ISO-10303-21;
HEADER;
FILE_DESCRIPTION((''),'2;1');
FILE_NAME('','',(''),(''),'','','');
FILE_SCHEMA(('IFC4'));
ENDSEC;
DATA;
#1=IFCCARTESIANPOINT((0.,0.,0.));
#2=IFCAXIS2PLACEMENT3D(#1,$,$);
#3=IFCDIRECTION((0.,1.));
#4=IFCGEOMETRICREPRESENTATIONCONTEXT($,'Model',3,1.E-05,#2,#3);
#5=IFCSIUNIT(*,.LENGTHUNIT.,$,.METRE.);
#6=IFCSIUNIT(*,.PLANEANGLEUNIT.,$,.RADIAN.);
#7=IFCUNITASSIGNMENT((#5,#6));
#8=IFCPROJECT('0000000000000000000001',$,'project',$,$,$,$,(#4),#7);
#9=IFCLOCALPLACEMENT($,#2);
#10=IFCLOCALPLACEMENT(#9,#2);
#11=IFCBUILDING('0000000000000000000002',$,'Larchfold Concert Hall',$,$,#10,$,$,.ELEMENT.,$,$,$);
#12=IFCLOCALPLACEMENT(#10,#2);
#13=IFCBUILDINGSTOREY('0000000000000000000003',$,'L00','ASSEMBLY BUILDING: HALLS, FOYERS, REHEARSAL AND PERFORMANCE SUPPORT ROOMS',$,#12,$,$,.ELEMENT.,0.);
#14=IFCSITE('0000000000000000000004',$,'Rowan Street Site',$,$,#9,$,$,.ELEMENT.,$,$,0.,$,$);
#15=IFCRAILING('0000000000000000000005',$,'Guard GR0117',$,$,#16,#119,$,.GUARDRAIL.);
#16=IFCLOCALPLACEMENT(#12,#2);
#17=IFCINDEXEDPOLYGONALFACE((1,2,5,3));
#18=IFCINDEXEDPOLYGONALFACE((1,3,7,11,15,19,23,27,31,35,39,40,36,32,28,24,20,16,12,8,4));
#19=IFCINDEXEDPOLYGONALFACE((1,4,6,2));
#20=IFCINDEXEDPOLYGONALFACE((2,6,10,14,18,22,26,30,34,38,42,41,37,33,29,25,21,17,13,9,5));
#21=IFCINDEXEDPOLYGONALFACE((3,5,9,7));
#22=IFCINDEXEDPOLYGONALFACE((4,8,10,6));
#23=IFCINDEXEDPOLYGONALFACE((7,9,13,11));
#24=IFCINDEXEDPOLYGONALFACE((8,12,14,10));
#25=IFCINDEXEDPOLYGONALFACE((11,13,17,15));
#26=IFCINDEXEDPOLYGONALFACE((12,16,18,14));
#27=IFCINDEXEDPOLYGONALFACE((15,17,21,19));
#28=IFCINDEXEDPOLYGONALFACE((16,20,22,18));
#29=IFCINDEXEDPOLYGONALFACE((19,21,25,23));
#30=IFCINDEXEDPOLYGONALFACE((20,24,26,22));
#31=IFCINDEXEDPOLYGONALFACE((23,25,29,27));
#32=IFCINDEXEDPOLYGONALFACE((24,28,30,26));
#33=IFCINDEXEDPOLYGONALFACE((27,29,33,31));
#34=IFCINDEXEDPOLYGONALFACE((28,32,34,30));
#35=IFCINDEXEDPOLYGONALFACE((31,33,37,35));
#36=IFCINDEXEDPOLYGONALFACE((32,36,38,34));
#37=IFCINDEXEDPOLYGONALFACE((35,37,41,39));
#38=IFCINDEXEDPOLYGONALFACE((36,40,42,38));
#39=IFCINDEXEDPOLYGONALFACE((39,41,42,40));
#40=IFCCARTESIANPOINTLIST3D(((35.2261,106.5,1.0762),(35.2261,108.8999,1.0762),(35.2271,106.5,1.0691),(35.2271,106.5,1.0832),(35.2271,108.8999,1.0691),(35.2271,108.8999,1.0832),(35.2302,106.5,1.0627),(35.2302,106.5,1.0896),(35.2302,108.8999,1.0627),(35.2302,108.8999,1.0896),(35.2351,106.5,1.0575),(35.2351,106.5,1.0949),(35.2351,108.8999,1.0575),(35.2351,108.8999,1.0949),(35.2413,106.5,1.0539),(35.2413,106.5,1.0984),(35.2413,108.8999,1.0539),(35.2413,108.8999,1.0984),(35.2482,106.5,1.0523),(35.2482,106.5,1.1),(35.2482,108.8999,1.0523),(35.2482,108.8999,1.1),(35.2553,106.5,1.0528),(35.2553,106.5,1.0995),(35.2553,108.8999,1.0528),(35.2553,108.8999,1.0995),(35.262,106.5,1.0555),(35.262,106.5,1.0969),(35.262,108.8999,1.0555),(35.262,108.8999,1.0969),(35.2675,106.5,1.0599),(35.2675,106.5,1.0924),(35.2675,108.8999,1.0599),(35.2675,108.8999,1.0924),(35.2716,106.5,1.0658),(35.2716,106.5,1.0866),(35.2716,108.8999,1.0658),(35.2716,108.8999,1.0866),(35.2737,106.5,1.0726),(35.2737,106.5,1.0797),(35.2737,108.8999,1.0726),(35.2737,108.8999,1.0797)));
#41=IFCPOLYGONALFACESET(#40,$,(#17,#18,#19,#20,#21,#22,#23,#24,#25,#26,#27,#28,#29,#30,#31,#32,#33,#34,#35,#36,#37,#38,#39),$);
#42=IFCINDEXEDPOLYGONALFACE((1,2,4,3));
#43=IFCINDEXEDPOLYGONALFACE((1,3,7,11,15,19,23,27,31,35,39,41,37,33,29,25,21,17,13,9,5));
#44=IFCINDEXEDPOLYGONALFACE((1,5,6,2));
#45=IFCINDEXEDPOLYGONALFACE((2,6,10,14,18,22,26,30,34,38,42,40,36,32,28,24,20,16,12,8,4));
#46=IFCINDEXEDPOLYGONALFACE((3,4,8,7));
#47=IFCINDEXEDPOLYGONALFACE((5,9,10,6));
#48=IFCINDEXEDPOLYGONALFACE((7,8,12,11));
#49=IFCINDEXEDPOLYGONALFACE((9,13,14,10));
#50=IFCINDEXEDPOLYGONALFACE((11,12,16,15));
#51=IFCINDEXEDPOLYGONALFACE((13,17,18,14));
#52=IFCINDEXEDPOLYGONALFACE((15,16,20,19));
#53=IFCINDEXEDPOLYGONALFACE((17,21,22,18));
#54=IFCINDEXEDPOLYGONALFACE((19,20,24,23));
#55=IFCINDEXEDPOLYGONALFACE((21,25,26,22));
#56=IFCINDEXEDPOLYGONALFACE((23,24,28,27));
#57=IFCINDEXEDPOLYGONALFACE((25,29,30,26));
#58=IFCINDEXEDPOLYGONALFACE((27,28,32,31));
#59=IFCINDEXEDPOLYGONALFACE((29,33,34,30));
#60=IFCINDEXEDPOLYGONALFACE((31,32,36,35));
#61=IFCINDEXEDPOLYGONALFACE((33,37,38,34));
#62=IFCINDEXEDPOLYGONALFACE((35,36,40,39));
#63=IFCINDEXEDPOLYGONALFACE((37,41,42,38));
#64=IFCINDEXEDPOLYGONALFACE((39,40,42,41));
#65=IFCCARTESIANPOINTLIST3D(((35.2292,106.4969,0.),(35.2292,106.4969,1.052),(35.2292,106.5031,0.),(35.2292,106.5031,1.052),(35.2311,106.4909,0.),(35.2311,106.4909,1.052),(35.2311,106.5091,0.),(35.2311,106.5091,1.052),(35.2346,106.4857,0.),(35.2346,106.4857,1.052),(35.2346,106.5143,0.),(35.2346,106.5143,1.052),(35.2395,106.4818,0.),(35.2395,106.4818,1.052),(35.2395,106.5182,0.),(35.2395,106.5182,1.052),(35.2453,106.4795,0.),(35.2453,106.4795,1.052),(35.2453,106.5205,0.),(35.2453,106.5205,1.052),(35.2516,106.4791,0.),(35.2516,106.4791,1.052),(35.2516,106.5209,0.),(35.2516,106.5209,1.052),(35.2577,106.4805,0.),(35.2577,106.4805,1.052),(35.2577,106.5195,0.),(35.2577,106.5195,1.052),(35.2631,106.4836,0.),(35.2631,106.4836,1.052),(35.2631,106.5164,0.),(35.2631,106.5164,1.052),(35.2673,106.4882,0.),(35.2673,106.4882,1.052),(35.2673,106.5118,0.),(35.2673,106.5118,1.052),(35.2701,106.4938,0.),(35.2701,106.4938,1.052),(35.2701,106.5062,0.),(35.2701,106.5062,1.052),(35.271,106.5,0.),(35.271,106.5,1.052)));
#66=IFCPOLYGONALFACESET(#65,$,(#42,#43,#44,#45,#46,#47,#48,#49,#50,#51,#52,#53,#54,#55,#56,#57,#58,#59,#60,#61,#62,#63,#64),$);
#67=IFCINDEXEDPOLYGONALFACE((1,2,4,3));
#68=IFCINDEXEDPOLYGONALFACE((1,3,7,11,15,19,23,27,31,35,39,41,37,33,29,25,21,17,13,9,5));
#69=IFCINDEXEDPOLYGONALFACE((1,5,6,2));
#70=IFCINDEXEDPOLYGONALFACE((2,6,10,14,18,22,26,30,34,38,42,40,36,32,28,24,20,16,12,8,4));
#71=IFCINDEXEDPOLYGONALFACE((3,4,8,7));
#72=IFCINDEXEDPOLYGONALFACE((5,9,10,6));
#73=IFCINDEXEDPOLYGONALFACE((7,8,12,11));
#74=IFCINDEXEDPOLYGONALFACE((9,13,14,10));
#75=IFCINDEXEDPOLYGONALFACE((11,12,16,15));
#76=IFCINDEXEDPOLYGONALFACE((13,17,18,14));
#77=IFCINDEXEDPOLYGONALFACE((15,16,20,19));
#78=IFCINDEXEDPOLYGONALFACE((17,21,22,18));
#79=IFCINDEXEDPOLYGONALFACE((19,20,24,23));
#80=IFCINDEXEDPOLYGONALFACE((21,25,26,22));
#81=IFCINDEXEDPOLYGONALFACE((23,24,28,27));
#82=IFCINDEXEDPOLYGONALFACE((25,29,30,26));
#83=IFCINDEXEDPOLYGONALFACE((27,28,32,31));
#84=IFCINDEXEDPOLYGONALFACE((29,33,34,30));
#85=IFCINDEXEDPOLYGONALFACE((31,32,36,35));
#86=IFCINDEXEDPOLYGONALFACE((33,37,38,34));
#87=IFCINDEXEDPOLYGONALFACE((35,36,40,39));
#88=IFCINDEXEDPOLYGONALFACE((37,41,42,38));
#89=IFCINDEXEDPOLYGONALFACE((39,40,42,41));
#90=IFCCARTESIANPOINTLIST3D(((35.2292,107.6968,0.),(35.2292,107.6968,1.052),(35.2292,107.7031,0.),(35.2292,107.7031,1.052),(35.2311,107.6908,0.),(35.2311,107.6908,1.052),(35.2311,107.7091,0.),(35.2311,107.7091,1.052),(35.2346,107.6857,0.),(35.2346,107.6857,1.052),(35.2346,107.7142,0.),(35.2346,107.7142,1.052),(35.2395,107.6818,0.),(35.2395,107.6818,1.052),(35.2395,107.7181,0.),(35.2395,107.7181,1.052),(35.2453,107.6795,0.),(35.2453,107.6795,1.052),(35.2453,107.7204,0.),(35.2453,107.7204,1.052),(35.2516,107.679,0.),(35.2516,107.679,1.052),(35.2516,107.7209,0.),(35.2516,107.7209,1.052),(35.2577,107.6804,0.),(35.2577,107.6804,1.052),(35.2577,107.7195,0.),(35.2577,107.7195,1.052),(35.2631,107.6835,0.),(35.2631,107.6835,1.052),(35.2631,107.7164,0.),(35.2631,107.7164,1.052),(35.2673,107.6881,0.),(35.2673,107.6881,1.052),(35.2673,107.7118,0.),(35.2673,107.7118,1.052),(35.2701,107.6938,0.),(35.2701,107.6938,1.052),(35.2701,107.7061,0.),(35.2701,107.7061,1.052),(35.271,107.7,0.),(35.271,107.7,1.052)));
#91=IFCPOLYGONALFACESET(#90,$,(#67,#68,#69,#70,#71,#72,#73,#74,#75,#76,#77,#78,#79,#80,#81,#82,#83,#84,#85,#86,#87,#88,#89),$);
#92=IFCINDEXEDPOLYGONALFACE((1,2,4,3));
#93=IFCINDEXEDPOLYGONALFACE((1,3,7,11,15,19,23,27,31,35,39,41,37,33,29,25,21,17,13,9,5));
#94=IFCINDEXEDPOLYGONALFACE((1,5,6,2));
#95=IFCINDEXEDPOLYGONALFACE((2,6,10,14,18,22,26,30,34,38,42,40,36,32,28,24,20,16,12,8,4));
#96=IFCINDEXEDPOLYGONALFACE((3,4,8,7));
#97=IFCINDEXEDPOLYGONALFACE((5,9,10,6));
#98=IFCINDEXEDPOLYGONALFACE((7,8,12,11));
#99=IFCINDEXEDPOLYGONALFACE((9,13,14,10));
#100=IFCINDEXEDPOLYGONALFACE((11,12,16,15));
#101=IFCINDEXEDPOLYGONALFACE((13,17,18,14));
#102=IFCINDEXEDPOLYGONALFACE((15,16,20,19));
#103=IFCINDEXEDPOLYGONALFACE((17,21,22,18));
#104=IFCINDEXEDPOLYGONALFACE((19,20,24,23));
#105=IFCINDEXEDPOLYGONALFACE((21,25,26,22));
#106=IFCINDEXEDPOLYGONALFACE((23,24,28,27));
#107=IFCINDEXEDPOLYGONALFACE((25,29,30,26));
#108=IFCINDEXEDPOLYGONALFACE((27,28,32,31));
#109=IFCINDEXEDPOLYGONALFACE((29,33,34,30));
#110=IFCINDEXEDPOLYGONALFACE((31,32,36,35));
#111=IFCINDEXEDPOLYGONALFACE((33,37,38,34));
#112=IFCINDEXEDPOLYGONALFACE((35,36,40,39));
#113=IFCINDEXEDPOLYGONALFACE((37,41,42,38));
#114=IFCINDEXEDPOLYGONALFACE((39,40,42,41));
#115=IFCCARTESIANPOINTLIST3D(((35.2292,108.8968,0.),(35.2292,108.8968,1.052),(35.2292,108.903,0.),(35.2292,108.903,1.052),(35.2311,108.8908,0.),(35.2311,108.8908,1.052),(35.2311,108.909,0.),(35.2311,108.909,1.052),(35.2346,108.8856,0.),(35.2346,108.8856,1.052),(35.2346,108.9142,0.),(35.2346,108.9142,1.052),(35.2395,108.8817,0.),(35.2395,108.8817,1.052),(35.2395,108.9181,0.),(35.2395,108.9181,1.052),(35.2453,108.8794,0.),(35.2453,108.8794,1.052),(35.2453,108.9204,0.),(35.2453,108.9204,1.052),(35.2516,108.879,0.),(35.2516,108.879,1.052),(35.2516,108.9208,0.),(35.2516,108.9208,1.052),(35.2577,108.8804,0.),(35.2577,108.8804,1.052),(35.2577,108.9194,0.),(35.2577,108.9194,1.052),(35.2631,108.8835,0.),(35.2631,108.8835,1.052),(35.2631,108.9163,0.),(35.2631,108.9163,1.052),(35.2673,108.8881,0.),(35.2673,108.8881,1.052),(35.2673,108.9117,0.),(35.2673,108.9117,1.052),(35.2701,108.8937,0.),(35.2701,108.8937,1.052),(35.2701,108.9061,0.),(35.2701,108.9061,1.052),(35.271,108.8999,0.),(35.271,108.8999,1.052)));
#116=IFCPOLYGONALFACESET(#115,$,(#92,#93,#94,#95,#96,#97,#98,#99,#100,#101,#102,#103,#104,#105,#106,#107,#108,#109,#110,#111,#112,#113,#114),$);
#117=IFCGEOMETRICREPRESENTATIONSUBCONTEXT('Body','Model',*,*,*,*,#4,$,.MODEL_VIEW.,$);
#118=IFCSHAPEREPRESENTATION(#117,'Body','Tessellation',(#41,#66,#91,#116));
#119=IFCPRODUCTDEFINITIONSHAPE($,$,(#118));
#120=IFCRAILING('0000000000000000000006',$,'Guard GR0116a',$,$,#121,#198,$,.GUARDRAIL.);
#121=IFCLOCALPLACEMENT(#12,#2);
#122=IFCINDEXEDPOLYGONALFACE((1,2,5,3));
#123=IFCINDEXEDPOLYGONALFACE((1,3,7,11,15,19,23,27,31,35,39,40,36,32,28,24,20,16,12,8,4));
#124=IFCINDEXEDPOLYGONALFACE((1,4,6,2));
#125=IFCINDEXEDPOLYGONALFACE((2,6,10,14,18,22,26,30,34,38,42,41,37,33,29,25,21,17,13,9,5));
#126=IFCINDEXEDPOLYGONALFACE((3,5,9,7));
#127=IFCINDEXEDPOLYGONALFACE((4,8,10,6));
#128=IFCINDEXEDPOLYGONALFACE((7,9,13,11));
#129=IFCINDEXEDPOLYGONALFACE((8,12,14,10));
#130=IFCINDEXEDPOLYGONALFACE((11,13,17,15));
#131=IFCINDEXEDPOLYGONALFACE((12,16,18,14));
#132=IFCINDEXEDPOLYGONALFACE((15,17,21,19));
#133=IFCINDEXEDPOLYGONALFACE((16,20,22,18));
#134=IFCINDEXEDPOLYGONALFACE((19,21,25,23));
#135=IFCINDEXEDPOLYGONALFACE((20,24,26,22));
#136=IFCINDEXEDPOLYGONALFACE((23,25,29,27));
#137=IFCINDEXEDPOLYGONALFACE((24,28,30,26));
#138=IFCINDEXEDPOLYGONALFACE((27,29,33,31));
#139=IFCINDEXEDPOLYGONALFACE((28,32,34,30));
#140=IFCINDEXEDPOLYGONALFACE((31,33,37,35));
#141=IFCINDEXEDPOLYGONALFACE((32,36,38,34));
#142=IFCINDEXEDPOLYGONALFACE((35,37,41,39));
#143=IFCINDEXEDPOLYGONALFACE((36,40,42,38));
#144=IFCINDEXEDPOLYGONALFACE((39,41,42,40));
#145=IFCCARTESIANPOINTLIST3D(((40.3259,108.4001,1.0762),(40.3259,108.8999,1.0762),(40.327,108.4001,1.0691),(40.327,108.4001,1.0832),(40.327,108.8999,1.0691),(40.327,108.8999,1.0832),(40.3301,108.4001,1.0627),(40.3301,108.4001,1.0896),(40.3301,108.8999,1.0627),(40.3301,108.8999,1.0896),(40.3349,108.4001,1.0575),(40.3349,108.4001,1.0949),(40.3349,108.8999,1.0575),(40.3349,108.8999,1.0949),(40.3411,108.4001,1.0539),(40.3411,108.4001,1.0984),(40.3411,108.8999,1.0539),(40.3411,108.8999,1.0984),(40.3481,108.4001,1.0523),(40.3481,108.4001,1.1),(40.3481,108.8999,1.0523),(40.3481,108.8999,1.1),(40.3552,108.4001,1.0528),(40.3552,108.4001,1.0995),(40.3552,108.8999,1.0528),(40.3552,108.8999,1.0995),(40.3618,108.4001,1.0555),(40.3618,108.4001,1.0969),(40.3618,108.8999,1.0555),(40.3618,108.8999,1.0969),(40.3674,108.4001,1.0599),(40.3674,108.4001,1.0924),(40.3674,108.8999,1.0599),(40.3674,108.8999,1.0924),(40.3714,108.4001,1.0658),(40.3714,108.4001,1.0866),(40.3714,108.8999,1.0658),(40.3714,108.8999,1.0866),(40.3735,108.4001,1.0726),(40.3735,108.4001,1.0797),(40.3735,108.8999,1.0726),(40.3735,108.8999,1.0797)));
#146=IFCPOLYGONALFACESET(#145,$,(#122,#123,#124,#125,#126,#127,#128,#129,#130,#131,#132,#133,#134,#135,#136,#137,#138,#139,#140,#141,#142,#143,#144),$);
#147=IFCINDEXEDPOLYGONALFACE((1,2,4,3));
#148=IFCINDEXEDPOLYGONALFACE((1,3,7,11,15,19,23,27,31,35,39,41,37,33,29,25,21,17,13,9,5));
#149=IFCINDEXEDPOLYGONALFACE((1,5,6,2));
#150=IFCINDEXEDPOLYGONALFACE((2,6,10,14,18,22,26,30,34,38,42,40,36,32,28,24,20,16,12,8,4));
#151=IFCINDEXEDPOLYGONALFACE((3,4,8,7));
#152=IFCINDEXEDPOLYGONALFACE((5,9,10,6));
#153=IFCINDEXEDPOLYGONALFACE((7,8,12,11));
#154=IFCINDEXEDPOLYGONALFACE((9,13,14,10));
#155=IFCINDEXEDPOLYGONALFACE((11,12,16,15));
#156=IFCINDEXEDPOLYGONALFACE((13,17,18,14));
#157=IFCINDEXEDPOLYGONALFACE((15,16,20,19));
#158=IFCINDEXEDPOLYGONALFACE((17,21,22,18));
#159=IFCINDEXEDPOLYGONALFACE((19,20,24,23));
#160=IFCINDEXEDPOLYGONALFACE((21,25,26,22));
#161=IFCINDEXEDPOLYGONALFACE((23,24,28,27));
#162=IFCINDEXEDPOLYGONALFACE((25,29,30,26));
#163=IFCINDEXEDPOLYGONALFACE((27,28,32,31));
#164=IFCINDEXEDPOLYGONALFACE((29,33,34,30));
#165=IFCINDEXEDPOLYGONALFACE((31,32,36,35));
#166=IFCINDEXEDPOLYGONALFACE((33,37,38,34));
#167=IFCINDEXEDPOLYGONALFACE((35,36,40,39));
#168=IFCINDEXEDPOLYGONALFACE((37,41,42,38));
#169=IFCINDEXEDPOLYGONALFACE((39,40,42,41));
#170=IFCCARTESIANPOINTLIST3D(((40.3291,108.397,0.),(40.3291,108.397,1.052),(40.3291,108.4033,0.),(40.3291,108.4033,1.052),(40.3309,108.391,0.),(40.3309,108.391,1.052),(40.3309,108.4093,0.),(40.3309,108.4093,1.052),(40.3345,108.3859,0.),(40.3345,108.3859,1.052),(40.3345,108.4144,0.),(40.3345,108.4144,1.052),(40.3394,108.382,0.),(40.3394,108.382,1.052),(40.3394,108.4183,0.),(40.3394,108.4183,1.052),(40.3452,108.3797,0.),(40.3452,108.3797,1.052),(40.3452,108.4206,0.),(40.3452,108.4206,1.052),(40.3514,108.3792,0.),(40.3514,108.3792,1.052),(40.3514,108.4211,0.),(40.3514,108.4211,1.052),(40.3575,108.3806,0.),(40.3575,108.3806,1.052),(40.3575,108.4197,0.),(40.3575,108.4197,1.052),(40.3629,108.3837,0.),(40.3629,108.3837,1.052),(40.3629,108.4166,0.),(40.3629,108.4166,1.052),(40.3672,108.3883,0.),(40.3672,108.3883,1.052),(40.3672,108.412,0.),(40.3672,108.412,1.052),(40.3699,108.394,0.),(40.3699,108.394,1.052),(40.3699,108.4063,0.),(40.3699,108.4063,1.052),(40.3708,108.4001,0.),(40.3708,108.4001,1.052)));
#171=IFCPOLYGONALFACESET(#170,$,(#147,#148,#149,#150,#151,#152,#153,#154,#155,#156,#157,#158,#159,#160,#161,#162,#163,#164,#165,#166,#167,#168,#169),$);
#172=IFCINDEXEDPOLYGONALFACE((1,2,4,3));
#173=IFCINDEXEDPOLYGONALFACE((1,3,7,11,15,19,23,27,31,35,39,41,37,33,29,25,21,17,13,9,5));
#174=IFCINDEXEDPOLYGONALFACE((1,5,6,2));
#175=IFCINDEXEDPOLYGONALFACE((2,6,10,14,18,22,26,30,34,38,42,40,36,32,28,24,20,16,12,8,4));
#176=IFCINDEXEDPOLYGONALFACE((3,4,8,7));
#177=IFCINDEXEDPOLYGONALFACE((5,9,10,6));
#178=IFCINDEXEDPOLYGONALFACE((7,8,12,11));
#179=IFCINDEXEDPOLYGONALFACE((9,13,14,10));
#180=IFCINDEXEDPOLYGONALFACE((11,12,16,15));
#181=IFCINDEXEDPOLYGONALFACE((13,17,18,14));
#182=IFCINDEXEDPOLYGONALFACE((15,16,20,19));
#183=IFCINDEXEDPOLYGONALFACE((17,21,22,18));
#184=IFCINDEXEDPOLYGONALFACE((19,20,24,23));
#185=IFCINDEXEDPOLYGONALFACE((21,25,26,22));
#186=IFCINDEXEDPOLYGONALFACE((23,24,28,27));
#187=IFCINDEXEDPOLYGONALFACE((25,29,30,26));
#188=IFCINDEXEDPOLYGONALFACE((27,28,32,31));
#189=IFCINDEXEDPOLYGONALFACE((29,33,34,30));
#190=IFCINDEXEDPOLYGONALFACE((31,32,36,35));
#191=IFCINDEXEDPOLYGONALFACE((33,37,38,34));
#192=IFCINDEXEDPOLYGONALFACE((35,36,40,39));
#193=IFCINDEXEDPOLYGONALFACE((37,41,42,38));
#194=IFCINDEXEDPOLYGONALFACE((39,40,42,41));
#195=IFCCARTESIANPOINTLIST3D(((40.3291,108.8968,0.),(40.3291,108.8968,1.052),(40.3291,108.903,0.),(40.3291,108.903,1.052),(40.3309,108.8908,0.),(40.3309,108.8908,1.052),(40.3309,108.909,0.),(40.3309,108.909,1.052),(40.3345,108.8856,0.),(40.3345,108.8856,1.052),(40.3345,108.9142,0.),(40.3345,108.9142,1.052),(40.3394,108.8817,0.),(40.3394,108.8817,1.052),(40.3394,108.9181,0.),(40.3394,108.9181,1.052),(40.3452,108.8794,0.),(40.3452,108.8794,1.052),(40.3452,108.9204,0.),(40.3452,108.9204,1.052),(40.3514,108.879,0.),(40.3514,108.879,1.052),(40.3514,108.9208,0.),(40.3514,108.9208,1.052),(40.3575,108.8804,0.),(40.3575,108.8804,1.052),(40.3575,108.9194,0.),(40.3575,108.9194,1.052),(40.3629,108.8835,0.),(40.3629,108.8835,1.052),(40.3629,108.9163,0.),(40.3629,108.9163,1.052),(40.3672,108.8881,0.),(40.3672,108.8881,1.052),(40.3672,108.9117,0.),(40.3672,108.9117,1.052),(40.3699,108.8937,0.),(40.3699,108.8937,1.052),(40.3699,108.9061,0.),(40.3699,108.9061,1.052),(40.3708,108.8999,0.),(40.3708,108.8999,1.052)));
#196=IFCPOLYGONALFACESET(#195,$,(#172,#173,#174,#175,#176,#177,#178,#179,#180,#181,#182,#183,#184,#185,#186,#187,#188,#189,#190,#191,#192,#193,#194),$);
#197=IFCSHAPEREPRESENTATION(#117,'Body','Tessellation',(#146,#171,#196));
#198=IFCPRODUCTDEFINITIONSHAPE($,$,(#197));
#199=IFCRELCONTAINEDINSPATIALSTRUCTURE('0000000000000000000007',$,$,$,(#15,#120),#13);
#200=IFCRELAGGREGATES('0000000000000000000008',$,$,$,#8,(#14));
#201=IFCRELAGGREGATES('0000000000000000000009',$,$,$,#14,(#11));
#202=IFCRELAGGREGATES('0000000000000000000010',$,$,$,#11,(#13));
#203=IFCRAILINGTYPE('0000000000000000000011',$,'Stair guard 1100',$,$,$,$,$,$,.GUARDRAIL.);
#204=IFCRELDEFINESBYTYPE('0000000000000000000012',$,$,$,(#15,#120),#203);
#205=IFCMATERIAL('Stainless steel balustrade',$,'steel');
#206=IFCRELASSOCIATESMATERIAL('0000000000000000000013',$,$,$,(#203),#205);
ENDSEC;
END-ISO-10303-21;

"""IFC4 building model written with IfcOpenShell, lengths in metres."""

from ifc_helpers import new_model, si_unit, direction, frame, origin, origin_2d, place, context, subcontext, project, spatial, circle, extrude, material, type_object, element, save


model = new_model("IFC4")

# Units and contexts
model_context = context("Model", 3, precision=1e-05, world=origin(), true_north=direction((0.0, 1.0)))
body_context = subcontext(model_context, "Body", "Model", "MODEL_VIEW")
ifc_project = project(units=[si_unit("LENGTHUNIT", "METRE"), si_unit("PLANEANGLEUNIT", "RADIAN")], contexts=[model_context])

# Site, building, storey
site_placement = place(None, origin())
site = spatial("IfcSite", under=ifc_project, at=site_placement, Name="Rowan Street Site", CompositionType="ELEMENT", RefElevation=0.0)
building_placement = place(site_placement, origin())
building = spatial("IfcBuilding", under=site, at=building_placement, Name="Larchfold Concert Hall", CompositionType="ELEMENT")
storey_placement = place(building_placement, origin())
storey = spatial("IfcBuildingStorey", under=building, at=storey_placement, Name="L00", Description="ASSEMBLY BUILDING: HALLS, FOYERS, REHEARSAL AND PERFORMANCE SUPPORT ROOMS", CompositionType="ELEMENT", Elevation=0.0)

# Railings
ifc_material_1 = material(Name="Stainless steel balustrade", Category="steel")
railing_type_1 = type_object("IfcRailingType", Name="Stair guard 1100", PredefinedType="GUARDRAIL", material=ifc_material_1)
railing_1_placement = place(storey_placement, frame((35.25, 106.5, 0.0)))
element("IfcRailing", 1, at=railing_1_placement, inside=storey, type_object=railing_type_1, Name="Guard GR0117", PredefinedType="GUARDRAIL", context=body_context, shape_type="SweptSolid", body=[
    extrude(circle(Radius=0.0239, at=origin_2d()), frame((0.0, 0.0, 1.0762), z_axis=(0.0, 1.0, 0.0), x_axis=(-1.0, 0.0, 0.0)), (0.0, 0.0, 1.0), 2.3999),
    extrude(circle(Radius=0.021, at=origin_2d()), origin(), (0.0, 0.0, 1.0), 1.052),
    extrude(circle(Radius=0.021, at=origin_2d()), frame((0.0, 1.2, 0.0)), (0.0, 0.0, 1.0), 1.052),
    extrude(circle(Radius=0.021, at=origin_2d()), frame((0.0, 2.3999, 0.0)), (0.0, 0.0, 1.0), 1.052),
])
railing_2_placement = place(storey_placement, frame((40.3499, 108.4001, 0.0)))
element("IfcRailing", 2, at=railing_2_placement, inside=storey, type_object=railing_type_1, Name="Guard GR0116a", PredefinedType="GUARDRAIL", context=body_context, shape_type="SweptSolid", body=[
    extrude(circle(Radius=0.0239, at=origin_2d()), frame((0.0, 0.0, 1.0762), z_axis=(0.0, 1.0, 0.0), x_axis=(-1.0, 0.0, 0.0)), (0.0, 0.0, 1.0), 0.4998),
    extrude(circle(Radius=0.021, at=origin_2d()), origin(), (0.0, 0.0, 1.0), 1.052),
    extrude(circle(Radius=0.021, at=origin_2d()), frame((0.0, 0.4998, 0.0)), (0.0, 0.0, 1.0), 1.052),
])

save(model, "model.ifc")
